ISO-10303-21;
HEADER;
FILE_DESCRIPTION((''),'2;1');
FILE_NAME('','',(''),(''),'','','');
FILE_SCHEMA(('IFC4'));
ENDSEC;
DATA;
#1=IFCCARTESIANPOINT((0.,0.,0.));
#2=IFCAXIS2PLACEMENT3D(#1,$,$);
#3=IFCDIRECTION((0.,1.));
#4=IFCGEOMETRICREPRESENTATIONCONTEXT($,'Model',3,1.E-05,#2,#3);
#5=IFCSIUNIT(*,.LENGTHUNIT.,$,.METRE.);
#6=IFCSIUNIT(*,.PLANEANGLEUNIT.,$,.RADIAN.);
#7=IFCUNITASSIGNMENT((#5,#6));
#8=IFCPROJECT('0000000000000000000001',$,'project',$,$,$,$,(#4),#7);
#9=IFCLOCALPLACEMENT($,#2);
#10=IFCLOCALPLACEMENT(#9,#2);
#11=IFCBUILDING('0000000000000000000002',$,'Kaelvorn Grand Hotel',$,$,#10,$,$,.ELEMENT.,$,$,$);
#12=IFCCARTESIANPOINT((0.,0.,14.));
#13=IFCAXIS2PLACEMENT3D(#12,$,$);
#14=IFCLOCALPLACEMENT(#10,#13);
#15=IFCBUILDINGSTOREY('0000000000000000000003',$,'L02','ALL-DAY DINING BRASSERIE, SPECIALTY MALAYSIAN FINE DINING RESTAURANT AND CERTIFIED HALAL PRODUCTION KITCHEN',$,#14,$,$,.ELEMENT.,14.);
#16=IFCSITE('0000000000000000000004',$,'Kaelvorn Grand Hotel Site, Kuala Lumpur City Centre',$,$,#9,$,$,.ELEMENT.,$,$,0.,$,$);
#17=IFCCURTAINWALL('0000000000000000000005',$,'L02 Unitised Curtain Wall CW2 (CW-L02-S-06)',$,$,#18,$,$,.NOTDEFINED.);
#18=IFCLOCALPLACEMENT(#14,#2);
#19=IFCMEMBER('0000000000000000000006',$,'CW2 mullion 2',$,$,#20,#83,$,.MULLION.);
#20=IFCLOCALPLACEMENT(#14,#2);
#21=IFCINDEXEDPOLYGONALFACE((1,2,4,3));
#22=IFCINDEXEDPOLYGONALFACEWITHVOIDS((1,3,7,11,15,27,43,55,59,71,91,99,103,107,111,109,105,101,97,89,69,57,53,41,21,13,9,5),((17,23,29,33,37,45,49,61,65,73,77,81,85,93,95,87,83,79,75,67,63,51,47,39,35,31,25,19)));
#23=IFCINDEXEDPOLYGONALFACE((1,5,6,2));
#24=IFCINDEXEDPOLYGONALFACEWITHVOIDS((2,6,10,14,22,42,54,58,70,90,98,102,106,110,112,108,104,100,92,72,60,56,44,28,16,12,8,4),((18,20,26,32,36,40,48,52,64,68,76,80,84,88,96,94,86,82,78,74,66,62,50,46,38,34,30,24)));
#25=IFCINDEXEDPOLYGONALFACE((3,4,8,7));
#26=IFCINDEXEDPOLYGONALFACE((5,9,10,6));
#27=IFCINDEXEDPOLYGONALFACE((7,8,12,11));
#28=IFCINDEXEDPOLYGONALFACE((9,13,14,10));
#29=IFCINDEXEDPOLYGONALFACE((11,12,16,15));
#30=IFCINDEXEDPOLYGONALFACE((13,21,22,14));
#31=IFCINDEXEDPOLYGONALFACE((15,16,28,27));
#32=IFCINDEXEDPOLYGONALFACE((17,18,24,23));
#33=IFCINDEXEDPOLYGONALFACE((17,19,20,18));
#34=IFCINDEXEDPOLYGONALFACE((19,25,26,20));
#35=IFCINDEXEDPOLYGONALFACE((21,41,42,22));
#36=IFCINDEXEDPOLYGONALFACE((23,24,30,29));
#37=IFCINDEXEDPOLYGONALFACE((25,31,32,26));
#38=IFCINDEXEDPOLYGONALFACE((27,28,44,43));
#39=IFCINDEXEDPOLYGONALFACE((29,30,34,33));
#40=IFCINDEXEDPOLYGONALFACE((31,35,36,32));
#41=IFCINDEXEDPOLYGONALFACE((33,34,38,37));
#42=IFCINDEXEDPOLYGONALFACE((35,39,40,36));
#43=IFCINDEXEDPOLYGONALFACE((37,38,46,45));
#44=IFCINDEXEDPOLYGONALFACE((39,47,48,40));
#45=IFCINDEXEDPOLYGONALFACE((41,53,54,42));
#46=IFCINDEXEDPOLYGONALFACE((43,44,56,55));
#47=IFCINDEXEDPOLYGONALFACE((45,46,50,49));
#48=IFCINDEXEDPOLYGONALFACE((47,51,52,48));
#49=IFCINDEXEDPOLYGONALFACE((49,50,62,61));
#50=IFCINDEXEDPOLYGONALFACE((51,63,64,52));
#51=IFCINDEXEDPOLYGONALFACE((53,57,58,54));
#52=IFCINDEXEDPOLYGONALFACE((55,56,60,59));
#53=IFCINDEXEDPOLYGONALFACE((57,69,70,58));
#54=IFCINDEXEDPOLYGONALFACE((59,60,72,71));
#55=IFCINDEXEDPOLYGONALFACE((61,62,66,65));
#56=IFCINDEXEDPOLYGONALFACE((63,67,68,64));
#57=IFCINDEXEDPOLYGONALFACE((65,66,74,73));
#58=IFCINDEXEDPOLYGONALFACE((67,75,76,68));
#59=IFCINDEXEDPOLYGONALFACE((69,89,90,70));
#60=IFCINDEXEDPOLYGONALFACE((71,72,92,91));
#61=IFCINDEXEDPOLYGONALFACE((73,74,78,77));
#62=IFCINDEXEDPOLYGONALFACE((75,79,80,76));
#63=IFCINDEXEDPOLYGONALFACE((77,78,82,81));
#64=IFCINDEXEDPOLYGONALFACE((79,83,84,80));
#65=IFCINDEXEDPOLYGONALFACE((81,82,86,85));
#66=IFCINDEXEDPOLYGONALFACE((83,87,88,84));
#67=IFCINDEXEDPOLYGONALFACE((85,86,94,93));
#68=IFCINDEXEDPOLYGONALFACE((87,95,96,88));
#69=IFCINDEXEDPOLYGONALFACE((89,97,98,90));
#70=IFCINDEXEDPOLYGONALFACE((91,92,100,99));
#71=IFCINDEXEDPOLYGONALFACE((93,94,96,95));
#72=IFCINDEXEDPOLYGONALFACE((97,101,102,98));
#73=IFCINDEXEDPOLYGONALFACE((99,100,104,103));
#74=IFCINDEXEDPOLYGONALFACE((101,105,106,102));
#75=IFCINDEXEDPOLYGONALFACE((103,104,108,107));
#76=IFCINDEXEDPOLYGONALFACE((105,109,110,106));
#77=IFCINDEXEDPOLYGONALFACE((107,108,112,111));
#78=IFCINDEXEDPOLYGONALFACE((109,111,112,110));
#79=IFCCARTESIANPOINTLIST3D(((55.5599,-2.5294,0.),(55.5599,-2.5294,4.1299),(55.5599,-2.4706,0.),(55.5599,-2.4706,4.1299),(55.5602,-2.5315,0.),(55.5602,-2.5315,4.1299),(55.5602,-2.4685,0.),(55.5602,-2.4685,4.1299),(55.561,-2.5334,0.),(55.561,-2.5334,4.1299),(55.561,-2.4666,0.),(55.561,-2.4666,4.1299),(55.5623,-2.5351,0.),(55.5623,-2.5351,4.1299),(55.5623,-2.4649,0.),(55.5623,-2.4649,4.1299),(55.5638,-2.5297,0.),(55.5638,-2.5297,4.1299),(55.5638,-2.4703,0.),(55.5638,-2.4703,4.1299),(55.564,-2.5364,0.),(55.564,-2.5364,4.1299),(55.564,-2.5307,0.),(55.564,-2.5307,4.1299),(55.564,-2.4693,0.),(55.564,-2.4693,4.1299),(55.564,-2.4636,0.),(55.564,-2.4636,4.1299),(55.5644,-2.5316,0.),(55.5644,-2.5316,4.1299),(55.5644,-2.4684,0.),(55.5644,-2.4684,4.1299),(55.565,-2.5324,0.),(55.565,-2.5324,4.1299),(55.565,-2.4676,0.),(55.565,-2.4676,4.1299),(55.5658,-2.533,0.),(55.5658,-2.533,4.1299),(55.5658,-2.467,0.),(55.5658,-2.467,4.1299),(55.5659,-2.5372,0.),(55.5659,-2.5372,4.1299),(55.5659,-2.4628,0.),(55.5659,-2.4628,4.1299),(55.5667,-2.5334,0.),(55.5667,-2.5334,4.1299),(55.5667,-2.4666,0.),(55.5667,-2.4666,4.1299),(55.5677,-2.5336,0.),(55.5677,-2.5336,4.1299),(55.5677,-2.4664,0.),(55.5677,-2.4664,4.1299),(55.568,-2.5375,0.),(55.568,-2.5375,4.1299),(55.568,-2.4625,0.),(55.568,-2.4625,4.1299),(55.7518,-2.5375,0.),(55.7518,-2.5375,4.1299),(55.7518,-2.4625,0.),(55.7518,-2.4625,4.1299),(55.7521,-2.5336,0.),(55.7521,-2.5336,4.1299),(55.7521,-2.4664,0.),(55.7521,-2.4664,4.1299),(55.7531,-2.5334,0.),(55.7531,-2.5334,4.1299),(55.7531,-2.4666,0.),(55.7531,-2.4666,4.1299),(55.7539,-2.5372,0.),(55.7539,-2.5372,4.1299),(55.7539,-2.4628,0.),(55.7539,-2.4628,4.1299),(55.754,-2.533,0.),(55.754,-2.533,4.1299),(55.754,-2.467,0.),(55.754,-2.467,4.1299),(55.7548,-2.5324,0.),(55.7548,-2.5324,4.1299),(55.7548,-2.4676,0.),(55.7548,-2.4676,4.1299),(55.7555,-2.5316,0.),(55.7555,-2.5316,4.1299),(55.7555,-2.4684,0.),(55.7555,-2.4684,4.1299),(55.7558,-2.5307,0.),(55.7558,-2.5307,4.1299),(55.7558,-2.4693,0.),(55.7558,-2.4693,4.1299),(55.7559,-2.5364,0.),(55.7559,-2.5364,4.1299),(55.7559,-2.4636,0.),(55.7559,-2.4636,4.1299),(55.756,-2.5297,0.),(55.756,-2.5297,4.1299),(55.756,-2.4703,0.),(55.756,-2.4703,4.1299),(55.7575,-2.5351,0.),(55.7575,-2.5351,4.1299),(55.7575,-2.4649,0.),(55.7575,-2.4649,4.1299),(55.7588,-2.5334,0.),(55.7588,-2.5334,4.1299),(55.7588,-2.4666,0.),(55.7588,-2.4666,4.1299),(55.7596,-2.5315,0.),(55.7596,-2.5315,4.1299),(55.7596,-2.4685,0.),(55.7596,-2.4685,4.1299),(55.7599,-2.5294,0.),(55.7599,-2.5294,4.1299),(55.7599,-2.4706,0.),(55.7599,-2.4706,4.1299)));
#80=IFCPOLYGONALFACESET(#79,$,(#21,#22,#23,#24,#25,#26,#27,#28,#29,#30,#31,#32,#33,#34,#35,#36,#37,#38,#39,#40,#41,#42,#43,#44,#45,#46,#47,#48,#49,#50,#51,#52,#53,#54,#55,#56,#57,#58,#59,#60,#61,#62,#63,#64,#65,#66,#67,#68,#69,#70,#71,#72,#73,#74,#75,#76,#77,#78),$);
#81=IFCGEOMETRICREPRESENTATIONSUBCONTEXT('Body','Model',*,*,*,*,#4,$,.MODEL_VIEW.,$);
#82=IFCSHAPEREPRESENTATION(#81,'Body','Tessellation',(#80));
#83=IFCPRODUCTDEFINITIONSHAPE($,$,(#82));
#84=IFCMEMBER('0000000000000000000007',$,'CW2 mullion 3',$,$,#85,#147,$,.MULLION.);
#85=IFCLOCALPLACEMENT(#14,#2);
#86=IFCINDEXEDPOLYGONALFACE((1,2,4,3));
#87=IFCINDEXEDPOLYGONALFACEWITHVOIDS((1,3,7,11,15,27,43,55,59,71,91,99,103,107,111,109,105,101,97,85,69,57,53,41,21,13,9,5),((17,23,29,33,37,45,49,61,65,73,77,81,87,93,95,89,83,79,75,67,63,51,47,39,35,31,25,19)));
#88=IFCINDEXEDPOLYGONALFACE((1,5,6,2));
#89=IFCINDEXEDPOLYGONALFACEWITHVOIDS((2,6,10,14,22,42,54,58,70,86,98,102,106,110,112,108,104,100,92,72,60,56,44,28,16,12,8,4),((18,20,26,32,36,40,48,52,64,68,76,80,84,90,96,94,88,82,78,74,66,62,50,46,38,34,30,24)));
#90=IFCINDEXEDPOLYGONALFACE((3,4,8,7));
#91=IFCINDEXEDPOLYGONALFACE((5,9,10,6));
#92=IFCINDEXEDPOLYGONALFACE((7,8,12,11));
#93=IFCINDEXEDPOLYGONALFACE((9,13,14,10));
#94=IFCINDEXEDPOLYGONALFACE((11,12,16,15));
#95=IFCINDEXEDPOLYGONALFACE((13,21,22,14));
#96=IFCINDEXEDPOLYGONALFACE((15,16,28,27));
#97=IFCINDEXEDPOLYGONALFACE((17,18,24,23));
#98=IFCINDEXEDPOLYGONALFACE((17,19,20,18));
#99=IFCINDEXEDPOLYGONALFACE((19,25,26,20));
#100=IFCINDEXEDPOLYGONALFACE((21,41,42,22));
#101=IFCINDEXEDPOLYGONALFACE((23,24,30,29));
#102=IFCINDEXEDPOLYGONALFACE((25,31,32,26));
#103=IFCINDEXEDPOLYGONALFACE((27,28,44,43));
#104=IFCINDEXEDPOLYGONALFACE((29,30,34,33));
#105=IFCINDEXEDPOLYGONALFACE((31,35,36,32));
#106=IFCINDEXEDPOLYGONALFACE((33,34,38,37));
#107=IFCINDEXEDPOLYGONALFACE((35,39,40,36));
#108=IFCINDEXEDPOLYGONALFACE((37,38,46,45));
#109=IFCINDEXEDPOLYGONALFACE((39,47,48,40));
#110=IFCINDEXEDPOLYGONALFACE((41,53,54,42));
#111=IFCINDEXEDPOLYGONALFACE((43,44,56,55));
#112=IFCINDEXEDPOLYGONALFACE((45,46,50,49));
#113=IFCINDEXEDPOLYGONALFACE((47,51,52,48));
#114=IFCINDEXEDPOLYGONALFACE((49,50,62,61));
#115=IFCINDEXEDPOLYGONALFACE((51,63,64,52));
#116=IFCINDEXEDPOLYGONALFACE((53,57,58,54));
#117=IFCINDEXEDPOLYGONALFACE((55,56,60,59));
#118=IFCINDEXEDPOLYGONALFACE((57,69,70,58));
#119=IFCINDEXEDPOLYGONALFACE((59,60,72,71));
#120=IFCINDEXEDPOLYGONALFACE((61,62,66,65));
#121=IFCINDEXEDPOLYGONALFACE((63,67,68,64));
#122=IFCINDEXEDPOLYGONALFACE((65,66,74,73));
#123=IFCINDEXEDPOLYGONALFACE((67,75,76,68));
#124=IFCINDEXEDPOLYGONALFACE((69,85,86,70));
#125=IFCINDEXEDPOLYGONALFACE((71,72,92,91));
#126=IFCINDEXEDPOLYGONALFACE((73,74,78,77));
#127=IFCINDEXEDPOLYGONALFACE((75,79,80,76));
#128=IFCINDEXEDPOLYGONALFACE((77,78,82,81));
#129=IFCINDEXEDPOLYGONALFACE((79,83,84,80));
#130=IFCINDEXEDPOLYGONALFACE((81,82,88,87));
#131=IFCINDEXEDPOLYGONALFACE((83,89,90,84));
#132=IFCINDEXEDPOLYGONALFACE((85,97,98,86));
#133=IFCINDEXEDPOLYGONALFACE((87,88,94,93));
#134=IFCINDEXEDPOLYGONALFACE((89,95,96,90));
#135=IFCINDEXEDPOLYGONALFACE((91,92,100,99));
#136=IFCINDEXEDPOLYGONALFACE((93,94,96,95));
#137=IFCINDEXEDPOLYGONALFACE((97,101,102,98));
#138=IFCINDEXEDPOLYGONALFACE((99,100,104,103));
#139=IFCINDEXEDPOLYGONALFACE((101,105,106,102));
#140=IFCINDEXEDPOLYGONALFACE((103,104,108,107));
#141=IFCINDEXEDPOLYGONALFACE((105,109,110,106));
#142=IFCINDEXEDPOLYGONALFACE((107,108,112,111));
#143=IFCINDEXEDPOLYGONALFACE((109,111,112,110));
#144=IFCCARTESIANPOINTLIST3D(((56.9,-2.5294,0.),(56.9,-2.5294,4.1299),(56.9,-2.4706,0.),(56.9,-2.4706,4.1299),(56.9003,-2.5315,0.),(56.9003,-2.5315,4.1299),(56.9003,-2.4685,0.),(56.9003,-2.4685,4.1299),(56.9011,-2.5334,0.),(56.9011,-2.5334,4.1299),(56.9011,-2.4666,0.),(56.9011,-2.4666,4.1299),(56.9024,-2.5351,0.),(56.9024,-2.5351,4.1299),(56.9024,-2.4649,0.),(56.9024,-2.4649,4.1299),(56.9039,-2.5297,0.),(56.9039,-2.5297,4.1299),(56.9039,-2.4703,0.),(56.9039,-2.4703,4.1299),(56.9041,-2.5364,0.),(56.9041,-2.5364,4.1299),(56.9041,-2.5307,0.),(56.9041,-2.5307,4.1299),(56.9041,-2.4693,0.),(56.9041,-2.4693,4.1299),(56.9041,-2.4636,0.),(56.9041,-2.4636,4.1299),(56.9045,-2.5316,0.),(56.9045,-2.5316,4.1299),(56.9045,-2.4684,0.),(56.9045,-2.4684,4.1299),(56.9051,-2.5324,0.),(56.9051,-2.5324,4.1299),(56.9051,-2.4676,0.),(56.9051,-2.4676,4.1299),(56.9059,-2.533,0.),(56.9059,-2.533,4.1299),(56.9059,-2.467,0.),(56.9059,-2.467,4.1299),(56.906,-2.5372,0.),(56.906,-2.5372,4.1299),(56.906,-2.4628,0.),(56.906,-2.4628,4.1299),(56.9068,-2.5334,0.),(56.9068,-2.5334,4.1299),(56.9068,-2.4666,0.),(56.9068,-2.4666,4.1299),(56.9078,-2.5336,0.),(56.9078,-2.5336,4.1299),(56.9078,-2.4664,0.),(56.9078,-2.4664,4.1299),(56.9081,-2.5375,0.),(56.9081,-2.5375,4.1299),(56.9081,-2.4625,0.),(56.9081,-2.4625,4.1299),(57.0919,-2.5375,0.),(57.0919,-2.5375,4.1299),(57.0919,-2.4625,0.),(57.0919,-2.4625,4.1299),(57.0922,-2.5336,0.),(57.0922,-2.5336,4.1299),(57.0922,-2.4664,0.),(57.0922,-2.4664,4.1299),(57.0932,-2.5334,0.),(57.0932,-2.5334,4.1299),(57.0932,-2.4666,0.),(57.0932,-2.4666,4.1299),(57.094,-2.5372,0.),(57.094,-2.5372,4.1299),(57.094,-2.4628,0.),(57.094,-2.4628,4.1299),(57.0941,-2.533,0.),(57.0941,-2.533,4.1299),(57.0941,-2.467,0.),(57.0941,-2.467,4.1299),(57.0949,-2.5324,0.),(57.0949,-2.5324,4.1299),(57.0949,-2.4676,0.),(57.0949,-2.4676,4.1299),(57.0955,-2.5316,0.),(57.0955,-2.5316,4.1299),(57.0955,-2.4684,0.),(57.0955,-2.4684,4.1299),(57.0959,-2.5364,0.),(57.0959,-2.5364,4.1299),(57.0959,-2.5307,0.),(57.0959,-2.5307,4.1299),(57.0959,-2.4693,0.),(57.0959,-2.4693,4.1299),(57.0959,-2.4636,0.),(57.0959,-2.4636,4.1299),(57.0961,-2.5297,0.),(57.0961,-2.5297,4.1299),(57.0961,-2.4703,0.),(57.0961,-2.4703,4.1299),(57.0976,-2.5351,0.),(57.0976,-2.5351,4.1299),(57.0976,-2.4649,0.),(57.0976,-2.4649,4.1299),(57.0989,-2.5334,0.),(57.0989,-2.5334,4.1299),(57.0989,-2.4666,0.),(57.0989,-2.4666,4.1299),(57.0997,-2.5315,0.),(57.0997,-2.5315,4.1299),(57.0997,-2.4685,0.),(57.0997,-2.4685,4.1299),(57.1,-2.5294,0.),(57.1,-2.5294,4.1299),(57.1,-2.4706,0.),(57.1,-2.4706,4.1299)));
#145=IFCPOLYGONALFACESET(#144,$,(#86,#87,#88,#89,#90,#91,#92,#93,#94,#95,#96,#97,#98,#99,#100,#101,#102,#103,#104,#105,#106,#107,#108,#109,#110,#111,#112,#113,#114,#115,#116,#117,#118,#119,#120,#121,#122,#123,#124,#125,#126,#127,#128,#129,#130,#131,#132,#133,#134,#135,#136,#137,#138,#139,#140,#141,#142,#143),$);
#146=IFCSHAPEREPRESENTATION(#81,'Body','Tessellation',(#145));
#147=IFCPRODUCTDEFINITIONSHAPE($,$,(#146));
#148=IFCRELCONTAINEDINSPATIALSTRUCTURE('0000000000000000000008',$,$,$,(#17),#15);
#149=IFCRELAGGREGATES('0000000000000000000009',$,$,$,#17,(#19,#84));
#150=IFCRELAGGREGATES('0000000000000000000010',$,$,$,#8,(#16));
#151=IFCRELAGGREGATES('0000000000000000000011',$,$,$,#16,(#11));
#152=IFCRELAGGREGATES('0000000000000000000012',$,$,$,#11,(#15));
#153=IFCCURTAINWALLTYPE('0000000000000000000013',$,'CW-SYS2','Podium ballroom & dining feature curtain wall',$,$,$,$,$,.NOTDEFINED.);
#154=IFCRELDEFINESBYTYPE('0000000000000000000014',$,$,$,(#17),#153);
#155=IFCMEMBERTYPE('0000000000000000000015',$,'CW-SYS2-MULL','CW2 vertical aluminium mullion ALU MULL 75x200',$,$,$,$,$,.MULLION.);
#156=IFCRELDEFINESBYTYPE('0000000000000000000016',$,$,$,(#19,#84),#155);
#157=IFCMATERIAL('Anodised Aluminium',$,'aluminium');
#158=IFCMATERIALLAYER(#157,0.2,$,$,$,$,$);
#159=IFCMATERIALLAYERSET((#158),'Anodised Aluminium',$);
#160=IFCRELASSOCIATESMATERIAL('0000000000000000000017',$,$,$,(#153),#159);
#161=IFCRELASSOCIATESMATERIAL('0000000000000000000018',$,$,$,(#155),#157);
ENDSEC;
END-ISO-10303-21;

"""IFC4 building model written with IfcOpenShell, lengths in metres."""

from ifc_helpers import new_model, si_unit, direction, frame, origin, origin_2d, place, context, subcontext, project, spatial, hollow_rectangle, extrude, material, layer, layer_set, material_profile, profile_set, type_object, element, aggregate, save


model = new_model("IFC4")

# Units and contexts
model_context = context("Model", 3, precision=1e-05, world=origin(), true_north=direction((0.0, 1.0)))
body_context = subcontext(model_context, "Body", "Model", "MODEL_VIEW")
ifc_project = project(units=[si_unit("LENGTHUNIT", "METRE"), si_unit("PLANEANGLEUNIT", "RADIAN")], contexts=[model_context])

# Site, building, storey
site_placement = place(None, origin())
site = spatial("IfcSite", under=ifc_project, at=site_placement, Name="Kaelvorn Grand Hotel Site, Kuala Lumpur City Centre", CompositionType="ELEMENT", RefElevation=0.0)
building_placement = place(site_placement, origin())
building = spatial("IfcBuilding", under=site, at=building_placement, Name="Kaelvorn Grand Hotel", CompositionType="ELEMENT")
storey_placement = place(building_placement, frame((0.0, 0.0, 14.0)))
storey = spatial("IfcBuildingStorey", under=building, at=storey_placement, Name="L02", Description="ALL-DAY DINING BRASSERIE, SPECIALTY MALAYSIAN FINE DINING RESTAURANT AND CERTIFIED HALAL PRODUCTION KITCHEN", CompositionType="ELEMENT", Elevation=14.0)

# Curtain wall, members
ifc_material_1 = material(Name="Anodised Aluminium", Category="aluminium")
ifc_layer_1 = layer(ifc_material_1, 0.2)
ifc_layer_set_1 = layer_set([ifc_layer_1], Name="Anodised Aluminium")
curtain_wall_type = type_object("IfcCurtainWallType", Name="CW-SYS2", Description="Podium ballroom & dining feature curtain wall", PredefinedType="NOTDEFINED", material=ifc_layer_set_1)
ifc_material_profile_1 = material_profile(ifc_material_1, hollow_rectangle(XDim=0.075, YDim=0.2, WallThickness=0.0039, InnerFilletRadius=0.0039, OuterFilletRadius=0.0081, at=origin_2d()), Name="ALU MULL 75x200")
ifc_profile_set_1 = profile_set([ifc_material_profile_1], Name="Anodised Aluminium")
member_type_1 = type_object("IfcMemberType", Name="CW-SYS2-MULL", Description="CW2 vertical aluminium mullion ALU MULL 75x200", PredefinedType="MULLION", material=ifc_profile_set_1)
curtain_wall_1_placement = place(storey_placement, origin())
curtain_wall_1 = element("IfcCurtainWall", 1, at=curtain_wall_1_placement, inside=storey, type_object=curtain_wall_type, Name="L02 Unitised Curtain Wall CW2 (CW-L02-S-06)", PredefinedType="NOTDEFINED")
member_1_placement = place(storey_placement, frame((55.6599, -2.5, 0.0), z_axis=(0.0, 0.0, 1.0), x_axis=(0.0, 1.0, 0.0)))
member_1 = element("IfcMember", 2, at=member_1_placement, type_object=member_type_1, Name="CW2 mullion 2", PredefinedType="MULLION", context=body_context, shape_type="SweptSolid", body=[
    extrude(hollow_rectangle(XDim=0.075, YDim=0.2, WallThickness=0.0039, InnerFilletRadius=0.0039, OuterFilletRadius=0.0081, at=origin_2d()), origin(), (0.0, 0.0, 1.0), 4.1299),
])
member_2_placement = place(storey_placement, frame((57.0, -2.5, 0.0), z_axis=(0.0, 0.0, 1.0), x_axis=(0.0, 1.0, 0.0)))
member_2 = element("IfcMember", 3, at=member_2_placement, type_object=member_type_1, Name="CW2 mullion 3", PredefinedType="MULLION", context=body_context, shape_type="SweptSolid", body=[
    extrude(hollow_rectangle(XDim=0.075, YDim=0.2, WallThickness=0.0039, InnerFilletRadius=0.0039, OuterFilletRadius=0.0081, at=origin_2d()), origin(), (0.0, 0.0, 1.0), 4.1299),
])

aggregate(curtain_wall_1, [member_1, member_2])

save(model, "model.ifc")
